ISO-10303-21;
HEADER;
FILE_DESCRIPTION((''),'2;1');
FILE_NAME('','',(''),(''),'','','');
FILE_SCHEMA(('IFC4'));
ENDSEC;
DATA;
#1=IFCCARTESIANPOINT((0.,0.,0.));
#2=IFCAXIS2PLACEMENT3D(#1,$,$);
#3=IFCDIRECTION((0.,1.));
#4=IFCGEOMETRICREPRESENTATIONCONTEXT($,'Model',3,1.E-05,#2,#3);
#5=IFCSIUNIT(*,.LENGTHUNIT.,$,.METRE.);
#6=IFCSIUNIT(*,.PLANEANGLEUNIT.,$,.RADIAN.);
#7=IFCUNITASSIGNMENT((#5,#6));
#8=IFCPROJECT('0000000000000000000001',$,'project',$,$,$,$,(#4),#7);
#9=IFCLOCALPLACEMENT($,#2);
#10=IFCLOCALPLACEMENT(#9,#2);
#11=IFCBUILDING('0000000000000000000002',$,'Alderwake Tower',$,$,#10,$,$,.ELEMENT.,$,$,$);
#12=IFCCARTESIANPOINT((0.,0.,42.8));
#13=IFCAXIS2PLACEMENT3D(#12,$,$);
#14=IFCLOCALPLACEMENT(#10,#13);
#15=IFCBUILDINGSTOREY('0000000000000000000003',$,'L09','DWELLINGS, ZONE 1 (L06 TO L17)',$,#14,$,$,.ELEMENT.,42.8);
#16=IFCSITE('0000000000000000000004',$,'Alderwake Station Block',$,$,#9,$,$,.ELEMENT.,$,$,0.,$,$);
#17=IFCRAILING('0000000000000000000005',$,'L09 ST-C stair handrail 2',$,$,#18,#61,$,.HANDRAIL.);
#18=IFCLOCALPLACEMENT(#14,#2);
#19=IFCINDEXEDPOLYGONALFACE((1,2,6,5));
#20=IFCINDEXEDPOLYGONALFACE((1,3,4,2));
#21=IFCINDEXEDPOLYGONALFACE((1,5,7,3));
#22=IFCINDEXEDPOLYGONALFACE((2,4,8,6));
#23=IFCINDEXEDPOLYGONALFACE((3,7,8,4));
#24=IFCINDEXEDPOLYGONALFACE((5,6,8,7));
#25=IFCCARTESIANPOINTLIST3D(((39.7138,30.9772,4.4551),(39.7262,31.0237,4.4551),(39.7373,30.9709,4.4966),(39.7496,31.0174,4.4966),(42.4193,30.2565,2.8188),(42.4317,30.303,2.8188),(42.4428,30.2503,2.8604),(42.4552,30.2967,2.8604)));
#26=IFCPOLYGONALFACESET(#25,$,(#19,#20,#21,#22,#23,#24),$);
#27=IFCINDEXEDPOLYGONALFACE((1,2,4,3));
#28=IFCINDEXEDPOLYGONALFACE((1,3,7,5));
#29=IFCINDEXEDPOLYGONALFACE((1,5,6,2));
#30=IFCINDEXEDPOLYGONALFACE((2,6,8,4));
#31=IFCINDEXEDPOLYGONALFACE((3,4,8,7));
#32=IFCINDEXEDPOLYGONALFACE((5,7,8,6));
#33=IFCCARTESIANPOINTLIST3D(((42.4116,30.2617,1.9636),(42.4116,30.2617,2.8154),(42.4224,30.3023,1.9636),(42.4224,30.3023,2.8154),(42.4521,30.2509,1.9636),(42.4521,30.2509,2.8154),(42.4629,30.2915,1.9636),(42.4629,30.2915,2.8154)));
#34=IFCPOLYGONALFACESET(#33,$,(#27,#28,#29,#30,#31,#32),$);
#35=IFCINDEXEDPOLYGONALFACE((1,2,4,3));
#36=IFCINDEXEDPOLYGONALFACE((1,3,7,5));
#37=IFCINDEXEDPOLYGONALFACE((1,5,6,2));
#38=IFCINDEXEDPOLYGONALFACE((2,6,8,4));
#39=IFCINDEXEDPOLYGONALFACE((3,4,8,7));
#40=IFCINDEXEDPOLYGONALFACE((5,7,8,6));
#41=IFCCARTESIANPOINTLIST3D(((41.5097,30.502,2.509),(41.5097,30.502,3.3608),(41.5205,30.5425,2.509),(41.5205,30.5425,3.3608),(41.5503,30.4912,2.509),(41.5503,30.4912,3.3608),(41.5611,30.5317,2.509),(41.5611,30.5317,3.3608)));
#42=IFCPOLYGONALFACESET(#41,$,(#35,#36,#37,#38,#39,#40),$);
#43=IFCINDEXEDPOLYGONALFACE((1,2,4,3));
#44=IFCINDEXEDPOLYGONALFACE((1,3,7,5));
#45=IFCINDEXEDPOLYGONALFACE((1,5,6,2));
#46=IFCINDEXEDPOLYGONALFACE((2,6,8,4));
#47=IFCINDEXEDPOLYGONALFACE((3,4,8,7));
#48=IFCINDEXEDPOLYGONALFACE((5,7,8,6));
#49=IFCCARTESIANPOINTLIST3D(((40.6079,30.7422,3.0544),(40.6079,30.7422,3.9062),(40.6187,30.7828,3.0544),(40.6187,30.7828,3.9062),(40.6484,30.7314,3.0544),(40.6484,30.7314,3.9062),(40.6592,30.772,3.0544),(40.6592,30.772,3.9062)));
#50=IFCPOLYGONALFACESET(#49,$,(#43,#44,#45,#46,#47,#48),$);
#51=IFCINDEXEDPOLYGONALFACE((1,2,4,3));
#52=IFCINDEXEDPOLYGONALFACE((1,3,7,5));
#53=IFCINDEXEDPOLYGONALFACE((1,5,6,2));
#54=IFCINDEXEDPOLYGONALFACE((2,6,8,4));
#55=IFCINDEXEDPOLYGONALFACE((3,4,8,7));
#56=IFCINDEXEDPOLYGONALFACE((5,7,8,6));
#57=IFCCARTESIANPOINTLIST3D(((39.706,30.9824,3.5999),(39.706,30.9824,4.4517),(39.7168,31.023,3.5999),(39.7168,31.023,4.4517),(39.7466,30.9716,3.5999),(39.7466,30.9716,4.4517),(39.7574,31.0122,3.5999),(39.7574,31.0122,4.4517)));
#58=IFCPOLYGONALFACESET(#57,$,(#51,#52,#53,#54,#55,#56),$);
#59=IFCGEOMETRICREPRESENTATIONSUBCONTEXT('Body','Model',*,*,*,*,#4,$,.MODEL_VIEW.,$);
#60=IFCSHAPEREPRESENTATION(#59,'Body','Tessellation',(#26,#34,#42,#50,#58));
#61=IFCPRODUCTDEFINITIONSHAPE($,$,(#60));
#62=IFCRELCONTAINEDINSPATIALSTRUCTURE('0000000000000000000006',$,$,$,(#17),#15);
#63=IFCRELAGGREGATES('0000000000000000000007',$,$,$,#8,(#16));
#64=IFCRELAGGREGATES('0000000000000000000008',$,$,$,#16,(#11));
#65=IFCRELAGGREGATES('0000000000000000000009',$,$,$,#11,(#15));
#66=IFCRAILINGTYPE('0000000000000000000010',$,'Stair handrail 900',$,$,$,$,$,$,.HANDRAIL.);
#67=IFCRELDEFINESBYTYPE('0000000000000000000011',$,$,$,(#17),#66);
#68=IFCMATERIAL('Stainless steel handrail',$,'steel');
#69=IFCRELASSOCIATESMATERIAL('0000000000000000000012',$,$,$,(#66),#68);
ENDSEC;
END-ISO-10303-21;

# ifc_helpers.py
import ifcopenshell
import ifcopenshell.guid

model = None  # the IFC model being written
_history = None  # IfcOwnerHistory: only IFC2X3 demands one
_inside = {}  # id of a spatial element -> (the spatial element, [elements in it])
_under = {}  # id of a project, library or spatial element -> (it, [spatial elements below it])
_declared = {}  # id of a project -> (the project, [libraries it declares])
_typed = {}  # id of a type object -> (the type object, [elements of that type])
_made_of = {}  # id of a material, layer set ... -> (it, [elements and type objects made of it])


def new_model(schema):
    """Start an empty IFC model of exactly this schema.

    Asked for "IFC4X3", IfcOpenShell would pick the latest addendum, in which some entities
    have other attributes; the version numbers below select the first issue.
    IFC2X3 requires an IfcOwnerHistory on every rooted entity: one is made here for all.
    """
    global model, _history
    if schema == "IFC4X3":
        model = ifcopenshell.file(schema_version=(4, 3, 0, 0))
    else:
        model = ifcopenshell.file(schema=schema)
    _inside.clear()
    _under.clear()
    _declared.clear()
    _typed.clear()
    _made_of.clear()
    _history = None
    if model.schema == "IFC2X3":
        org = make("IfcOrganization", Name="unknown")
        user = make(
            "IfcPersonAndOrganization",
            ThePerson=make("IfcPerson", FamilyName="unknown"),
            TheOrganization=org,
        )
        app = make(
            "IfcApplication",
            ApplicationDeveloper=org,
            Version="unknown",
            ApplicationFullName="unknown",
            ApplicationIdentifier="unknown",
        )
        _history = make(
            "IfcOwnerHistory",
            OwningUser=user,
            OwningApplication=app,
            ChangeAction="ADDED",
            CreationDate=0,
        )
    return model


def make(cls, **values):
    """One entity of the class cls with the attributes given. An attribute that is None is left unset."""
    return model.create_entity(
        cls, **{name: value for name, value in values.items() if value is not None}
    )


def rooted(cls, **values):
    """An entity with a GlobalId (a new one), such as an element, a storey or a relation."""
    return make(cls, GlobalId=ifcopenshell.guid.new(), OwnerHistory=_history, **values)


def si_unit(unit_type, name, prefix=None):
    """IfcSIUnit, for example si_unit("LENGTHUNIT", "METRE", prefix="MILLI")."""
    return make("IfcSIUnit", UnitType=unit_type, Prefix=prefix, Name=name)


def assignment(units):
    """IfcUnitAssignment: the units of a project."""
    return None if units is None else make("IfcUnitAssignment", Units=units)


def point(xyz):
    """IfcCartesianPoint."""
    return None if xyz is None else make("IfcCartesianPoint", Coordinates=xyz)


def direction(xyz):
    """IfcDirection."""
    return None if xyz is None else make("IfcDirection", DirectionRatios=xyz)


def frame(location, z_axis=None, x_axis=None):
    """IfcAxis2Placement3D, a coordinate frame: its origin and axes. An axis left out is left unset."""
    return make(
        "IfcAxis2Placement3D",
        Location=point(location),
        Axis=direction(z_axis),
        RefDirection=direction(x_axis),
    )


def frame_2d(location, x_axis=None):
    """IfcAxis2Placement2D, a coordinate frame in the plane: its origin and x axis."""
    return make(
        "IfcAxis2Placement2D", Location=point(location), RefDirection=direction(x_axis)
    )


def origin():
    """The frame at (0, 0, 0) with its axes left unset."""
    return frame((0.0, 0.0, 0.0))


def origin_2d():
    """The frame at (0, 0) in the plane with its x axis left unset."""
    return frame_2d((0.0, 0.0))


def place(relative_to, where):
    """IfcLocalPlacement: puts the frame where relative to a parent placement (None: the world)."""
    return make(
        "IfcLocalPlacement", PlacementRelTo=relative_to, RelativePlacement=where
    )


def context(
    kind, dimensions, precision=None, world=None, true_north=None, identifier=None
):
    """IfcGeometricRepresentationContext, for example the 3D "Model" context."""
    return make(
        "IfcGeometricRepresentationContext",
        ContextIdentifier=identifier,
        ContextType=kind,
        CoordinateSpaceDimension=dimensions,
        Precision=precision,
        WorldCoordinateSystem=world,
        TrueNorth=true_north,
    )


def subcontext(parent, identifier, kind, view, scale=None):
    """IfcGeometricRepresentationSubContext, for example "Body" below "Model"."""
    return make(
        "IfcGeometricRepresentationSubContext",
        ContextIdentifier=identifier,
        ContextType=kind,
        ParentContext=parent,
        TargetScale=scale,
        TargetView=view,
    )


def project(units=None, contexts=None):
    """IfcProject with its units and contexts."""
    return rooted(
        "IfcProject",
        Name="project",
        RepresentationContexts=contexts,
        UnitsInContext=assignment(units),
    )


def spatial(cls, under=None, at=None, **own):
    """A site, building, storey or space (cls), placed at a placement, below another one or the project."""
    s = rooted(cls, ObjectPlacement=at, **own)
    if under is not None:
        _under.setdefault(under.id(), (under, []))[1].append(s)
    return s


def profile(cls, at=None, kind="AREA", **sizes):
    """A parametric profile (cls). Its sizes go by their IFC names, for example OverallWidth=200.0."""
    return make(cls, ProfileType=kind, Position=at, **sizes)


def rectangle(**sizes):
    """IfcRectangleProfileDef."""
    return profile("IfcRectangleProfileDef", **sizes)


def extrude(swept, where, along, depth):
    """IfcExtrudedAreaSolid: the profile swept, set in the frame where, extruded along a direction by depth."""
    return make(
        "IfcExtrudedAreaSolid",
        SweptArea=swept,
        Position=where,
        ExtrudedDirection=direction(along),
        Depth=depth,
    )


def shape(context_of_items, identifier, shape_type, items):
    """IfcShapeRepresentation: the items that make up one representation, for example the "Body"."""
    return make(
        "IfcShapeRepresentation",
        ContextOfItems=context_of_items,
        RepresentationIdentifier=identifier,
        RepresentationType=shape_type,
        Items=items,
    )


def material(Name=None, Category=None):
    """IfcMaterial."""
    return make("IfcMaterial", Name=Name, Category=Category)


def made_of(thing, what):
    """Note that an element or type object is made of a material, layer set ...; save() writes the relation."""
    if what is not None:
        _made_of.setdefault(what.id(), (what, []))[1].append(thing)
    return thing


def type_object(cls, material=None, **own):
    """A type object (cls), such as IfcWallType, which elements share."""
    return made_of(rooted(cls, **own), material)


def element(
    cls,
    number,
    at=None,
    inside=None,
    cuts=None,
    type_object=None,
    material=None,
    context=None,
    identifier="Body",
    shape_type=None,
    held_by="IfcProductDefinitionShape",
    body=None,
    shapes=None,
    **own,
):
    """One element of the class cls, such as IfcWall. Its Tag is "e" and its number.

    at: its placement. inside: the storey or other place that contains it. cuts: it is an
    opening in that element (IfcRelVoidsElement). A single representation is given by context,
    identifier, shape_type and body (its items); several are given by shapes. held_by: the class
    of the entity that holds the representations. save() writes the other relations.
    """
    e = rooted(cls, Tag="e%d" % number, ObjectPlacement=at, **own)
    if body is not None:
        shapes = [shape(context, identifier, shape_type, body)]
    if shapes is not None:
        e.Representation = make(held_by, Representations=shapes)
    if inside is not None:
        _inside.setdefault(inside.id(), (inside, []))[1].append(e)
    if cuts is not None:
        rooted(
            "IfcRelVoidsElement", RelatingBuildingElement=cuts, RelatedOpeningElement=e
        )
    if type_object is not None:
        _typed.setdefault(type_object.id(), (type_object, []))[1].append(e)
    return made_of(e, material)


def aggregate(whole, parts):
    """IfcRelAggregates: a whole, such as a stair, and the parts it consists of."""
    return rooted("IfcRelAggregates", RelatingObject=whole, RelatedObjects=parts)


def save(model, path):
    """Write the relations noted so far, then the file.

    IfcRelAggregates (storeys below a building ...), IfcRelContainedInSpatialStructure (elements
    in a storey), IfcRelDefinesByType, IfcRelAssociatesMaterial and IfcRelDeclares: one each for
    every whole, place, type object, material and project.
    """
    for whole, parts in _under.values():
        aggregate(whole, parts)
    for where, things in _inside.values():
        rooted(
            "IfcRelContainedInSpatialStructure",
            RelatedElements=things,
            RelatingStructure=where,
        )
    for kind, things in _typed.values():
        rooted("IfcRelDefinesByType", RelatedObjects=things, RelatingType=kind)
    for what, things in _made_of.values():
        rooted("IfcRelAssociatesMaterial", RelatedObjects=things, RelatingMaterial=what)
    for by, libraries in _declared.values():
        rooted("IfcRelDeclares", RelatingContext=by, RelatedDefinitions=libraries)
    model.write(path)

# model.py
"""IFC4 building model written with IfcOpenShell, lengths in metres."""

from ifc_helpers import new_model, si_unit, direction, frame, origin, origin_2d, place, context, subcontext, project, spatial, rectangle, extrude, material, type_object, element, save


model = new_model("IFC4")

# Units and contexts
model_context = context("Model", 3, precision=1e-05, world=origin(), true_north=direction((0.0, 1.0)))
body_context = subcontext(model_context, "Body", "Model", "MODEL_VIEW")
ifc_project = project(units=[si_unit("LENGTHUNIT", "METRE"), si_unit("PLANEANGLEUNIT", "RADIAN")], contexts=[model_context])

# Site, building, storey
site_placement = place(None, origin())
site = spatial("IfcSite", under=ifc_project, at=site_placement, Name="Alderwake Station Block", CompositionType="ELEMENT", RefElevation=0.0)
building_placement = place(site_placement, origin())
building = spatial("IfcBuilding", under=site, at=building_placement, Name="Alderwake Tower", CompositionType="ELEMENT")
storey_placement = place(building_placement, frame((0.0, 0.0, 42.8)))
storey = spatial("IfcBuildingStorey", under=building, at=storey_placement, Name="L09", Description="DWELLINGS, ZONE 1 (L06 TO L17)", CompositionType="ELEMENT", Elevation=42.8)

# Railing
ifc_material_1 = material(Name="Stainless steel handrail", Category="steel")
railing_type_1 = type_object("IfcRailingType", Name="Stair handrail 900", PredefinedType="HANDRAIL", material=ifc_material_1)
railing_1_placement = place(storey_placement, frame((42.4373, 30.2766, 1.9636)))
element("IfcRailing", 1, at=railing_1_placement, inside=storey, type_object=railing_type_1, Name="L09 ST-C stair handrail 2", PredefinedType="HANDRAIL", context=body_context, shape_type="SweptSolid", body=[
    extrude(rectangle(XDim=0.0481, YDim=0.0481, at=origin_2d()), frame((0.0, 0.0, 0.876), z_axis=(-0.834291, 0.222237, 0.504549), x_axis=(-0.257402, -0.966304, 0.0)), (0.0, 0.0, 1.0), 3.2429),
    extrude(rectangle(XDim=0.042, YDim=0.042, at=origin_2d()), frame((0.0, 0.0, 0.0), z_axis=(0.0, 0.0, 1.0), x_axis=(-0.966304, 0.257402, 0.0)), (0.0, 0.0, 1.0), 0.8518),
    extrude(rectangle(XDim=0.042, YDim=0.042, at=origin_2d()), frame((-0.9019, 0.2402, 0.5454), z_axis=(0.0, 0.0, 1.0), x_axis=(-0.966304, 0.257402, 0.0)), (0.0, 0.0, 1.0), 0.8518),
    extrude(rectangle(XDim=0.042, YDim=0.042, at=origin_2d()), frame((-1.8037, 0.4805, 1.0908), z_axis=(0.0, 0.0, 1.0), x_axis=(-0.966304, 0.257402, 0.0)), (0.0, 0.0, 1.0), 0.8518),
    extrude(rectangle(XDim=0.042, YDim=0.042, at=origin_2d()), frame((-2.7056, 0.7207, 1.6362), z_axis=(0.0, 0.0, 1.0), x_axis=(-0.966304, 0.257402, 0.0)), (0.0, 0.0, 1.0), 0.8518),
])

save(model, "model.ifc")
